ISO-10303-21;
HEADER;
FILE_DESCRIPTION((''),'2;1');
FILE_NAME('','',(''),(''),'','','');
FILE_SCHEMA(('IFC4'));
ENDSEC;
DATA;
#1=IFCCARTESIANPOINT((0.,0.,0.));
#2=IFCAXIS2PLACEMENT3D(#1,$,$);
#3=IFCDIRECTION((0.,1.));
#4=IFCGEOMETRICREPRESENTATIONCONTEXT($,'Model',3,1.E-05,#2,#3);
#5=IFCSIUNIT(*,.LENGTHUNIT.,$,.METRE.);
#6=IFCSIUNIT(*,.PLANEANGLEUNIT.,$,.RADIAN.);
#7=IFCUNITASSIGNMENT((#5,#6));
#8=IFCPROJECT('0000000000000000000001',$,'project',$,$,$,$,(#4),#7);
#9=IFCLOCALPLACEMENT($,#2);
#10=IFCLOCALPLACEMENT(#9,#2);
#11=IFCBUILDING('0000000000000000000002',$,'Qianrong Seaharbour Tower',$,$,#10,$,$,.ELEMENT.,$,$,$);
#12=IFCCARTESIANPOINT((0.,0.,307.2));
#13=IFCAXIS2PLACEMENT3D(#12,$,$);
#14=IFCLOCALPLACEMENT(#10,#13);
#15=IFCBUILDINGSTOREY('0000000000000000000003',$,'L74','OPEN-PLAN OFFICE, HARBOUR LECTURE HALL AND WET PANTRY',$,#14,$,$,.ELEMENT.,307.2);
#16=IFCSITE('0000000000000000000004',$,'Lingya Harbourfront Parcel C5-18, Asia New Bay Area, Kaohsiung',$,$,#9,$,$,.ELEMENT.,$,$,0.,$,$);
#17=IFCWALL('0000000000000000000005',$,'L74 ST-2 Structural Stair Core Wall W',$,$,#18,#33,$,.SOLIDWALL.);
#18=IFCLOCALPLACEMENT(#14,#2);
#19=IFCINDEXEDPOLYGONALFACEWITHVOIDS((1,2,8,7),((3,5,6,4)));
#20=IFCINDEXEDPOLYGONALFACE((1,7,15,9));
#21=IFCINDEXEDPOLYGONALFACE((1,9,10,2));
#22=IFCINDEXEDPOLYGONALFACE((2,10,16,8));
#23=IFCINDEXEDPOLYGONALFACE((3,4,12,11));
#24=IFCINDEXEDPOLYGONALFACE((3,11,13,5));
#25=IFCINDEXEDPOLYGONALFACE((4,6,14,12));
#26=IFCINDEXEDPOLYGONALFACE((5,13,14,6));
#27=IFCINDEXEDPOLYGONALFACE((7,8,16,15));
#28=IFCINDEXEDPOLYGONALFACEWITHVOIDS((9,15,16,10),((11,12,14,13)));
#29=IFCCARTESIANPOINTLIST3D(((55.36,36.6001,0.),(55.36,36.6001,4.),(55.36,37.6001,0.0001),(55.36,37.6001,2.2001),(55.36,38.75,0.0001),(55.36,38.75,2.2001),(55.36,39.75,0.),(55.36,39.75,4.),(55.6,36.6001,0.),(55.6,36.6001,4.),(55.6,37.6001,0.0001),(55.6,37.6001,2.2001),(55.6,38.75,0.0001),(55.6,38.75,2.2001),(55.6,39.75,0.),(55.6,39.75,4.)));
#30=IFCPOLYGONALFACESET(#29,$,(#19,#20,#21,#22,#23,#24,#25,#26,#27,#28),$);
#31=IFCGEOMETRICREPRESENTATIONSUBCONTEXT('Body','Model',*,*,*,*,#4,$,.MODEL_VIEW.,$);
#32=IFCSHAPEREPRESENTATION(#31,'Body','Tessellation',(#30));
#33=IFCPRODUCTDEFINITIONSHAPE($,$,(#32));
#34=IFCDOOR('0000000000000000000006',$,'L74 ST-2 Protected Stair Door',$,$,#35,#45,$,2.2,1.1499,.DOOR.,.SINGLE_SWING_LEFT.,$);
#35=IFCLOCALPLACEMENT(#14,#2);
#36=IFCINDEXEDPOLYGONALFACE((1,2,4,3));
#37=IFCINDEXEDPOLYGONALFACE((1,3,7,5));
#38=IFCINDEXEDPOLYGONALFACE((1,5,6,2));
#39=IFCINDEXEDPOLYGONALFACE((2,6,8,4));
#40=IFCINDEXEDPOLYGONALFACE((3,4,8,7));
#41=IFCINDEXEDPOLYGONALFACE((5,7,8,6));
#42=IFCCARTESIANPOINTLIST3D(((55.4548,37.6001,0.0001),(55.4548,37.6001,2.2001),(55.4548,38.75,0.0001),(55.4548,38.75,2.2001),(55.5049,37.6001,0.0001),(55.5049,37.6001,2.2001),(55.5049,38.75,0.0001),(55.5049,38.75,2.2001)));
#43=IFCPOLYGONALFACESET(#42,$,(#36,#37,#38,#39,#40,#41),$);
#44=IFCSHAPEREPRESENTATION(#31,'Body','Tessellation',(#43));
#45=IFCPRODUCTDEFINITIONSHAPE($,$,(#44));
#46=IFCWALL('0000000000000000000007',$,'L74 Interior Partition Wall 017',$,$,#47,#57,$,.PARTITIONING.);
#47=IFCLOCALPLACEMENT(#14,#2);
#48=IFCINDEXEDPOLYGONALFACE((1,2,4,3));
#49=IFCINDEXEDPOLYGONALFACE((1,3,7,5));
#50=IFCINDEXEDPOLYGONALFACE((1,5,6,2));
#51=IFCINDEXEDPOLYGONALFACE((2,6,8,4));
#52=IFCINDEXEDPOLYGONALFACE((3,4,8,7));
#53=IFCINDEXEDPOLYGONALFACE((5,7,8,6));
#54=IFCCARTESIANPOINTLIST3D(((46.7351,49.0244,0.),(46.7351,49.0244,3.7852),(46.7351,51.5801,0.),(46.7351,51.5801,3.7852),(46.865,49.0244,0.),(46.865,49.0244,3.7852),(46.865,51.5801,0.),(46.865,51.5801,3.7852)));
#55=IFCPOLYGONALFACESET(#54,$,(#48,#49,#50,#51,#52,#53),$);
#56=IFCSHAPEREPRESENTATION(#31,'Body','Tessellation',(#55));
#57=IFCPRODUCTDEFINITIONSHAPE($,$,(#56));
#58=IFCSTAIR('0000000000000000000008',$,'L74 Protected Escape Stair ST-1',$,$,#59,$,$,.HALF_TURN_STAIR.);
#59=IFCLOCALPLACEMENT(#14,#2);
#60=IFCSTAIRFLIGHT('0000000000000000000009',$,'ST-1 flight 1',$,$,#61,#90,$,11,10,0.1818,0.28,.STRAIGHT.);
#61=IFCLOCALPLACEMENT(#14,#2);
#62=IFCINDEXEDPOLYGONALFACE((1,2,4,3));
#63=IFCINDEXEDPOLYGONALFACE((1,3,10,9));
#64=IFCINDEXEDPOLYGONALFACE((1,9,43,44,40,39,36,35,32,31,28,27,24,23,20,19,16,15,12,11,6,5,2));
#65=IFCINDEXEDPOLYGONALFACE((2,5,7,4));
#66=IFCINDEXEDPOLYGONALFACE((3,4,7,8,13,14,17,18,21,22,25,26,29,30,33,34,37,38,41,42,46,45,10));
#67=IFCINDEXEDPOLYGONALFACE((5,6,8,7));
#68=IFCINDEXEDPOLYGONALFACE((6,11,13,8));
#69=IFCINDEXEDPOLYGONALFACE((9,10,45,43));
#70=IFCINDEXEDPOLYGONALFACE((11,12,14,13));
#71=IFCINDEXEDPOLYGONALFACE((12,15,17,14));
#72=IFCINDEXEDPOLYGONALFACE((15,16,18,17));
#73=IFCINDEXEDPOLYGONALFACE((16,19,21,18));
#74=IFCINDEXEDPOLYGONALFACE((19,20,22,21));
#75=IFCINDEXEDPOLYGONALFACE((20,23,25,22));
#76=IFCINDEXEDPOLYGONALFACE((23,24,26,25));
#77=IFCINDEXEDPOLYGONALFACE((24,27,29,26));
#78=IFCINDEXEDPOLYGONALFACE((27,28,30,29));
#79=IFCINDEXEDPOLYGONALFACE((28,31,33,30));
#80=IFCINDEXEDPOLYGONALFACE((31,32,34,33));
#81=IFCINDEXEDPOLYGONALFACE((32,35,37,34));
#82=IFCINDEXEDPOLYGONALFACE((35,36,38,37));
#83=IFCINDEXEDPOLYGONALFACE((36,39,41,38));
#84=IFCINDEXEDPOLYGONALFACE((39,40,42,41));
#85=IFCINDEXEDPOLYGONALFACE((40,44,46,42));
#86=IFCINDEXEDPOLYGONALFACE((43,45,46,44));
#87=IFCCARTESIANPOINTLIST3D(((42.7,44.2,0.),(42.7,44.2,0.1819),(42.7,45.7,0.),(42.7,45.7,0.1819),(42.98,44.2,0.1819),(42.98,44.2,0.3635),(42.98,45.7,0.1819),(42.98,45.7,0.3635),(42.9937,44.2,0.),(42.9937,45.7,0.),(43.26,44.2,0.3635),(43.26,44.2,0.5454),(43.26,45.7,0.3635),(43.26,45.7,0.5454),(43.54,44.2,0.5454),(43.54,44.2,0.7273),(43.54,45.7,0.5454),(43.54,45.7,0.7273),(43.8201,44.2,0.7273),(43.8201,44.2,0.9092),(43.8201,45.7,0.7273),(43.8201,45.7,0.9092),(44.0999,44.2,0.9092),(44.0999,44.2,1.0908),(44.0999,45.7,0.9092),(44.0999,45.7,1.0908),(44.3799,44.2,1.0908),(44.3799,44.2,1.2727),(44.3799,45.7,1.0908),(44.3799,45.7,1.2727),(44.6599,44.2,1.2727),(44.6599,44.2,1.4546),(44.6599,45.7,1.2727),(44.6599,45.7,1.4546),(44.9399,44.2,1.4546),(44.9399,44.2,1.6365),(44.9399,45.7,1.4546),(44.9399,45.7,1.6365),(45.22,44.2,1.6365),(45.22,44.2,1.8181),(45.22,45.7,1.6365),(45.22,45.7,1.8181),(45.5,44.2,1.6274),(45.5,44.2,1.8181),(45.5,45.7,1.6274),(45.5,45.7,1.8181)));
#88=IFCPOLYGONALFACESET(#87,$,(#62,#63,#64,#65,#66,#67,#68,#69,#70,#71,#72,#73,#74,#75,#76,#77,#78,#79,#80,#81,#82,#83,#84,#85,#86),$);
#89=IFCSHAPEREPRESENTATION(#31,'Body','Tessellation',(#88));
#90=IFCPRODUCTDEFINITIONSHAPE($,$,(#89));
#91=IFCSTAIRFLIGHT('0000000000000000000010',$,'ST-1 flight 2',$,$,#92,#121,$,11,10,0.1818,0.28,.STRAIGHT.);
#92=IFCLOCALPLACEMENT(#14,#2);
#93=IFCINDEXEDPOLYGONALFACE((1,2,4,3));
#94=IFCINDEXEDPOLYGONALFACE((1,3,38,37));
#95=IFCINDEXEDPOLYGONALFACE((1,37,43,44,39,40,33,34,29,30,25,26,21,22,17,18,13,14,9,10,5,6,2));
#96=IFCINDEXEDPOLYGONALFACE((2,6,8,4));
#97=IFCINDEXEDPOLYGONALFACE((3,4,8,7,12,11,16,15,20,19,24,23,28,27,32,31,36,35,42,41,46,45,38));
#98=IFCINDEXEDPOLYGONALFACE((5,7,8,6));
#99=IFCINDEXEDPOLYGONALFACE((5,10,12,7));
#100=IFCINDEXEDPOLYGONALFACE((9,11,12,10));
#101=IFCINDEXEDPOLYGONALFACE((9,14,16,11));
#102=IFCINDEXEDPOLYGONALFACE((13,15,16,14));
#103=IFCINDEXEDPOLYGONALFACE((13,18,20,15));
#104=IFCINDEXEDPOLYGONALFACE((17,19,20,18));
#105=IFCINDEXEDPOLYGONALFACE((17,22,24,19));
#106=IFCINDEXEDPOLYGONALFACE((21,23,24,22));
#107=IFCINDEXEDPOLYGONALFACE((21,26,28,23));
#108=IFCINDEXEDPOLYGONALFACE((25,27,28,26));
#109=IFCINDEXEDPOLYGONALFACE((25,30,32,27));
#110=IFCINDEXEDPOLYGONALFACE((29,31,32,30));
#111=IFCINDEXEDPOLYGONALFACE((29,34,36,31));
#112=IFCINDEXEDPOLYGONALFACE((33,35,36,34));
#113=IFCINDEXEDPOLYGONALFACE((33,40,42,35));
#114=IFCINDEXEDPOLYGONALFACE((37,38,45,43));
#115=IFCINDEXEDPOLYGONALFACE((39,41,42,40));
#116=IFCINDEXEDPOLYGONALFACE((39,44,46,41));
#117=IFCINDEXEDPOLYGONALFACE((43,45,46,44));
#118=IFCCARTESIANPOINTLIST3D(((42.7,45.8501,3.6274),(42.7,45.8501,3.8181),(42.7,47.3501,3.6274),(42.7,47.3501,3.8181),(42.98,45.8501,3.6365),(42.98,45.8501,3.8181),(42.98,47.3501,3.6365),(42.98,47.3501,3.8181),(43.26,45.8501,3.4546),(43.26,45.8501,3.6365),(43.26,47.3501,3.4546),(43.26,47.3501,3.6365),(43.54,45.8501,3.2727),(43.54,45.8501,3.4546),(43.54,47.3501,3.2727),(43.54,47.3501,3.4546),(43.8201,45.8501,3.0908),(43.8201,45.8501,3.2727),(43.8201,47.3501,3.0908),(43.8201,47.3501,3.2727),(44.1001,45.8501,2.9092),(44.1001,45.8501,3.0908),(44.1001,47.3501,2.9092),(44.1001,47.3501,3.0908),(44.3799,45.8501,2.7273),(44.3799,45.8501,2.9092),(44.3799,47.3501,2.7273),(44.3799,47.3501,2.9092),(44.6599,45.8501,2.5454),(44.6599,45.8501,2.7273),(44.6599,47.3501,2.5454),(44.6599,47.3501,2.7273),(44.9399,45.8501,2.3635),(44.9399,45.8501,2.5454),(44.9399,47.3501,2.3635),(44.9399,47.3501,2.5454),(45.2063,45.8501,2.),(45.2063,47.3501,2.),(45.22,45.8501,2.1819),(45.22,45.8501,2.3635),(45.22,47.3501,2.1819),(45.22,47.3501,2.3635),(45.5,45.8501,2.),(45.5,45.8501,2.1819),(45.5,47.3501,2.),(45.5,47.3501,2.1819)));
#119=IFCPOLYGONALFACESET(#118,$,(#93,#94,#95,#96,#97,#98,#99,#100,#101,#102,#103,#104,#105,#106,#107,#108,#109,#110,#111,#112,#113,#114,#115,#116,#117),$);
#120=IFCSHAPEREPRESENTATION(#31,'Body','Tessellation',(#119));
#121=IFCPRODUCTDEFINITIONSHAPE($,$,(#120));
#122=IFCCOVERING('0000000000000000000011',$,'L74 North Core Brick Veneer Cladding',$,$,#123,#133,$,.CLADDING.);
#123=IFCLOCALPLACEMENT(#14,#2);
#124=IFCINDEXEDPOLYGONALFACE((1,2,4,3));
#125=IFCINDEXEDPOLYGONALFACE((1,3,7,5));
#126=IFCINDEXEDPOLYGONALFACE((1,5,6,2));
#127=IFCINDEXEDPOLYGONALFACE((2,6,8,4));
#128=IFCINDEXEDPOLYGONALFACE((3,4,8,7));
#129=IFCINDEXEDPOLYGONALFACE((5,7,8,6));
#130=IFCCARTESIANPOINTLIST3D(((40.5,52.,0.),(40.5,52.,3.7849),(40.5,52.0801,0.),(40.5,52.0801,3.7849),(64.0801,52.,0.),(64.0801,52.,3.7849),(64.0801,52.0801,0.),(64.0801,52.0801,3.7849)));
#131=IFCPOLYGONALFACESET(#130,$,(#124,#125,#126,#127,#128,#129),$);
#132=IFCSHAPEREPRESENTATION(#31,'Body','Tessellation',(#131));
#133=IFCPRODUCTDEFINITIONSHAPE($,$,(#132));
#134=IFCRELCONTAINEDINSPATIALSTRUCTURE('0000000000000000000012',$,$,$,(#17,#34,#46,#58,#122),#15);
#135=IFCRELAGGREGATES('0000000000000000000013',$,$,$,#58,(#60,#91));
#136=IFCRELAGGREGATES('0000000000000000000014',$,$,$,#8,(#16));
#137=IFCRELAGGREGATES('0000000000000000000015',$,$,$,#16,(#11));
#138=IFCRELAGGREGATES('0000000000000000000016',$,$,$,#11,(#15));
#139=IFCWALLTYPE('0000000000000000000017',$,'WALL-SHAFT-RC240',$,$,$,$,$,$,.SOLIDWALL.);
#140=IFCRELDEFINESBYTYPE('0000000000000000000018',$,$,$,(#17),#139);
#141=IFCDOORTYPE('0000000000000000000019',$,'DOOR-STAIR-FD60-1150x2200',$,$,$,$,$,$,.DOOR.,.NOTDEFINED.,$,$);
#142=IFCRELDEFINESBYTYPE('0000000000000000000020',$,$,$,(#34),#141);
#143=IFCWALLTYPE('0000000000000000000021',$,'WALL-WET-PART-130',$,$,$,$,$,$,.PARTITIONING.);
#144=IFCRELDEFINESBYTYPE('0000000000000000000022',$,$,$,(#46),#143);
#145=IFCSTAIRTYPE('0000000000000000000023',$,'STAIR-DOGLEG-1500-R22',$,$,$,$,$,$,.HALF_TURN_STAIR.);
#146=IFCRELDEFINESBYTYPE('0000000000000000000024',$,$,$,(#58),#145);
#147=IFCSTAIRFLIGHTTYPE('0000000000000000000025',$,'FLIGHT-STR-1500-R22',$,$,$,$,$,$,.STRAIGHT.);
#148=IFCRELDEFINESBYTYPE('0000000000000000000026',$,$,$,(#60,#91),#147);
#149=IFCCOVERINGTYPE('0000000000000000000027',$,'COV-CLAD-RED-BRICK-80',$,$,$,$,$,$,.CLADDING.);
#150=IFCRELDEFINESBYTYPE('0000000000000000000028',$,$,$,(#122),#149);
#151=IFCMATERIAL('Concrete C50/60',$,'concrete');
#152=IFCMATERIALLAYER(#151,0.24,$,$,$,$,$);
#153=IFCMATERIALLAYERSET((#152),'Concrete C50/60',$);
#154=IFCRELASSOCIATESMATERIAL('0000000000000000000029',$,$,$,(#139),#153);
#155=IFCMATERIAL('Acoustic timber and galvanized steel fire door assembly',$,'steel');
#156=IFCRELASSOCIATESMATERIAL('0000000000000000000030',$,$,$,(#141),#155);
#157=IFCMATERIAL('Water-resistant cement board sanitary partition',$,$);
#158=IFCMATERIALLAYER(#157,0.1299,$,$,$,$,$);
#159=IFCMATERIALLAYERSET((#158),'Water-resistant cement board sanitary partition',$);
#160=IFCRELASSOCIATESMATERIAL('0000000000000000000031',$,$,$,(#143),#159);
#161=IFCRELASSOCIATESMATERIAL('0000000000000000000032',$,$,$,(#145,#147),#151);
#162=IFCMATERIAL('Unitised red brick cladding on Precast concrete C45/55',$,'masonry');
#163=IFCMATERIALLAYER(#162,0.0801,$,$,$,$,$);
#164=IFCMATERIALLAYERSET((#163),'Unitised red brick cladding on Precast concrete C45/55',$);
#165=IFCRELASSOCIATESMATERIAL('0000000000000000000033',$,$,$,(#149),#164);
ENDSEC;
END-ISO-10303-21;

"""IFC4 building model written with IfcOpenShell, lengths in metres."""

from ifc_helpers import new_model, si_unit, direction, frame, frame_2d, origin, origin_2d, place, context, subcontext, project, spatial, polyline, rectangle, outline, extrude, material, layer, layer_set, type_object, element, fill, aggregate, save


model = new_model("IFC4")

# Units and contexts
model_context = context("Model", 3, precision=1e-05, world=origin(), true_north=direction((0.0, 1.0)))
body_context = subcontext(model_context, "Body", "Model", "MODEL_VIEW")
ifc_project = project(units=[si_unit("LENGTHUNIT", "METRE"), si_unit("PLANEANGLEUNIT", "RADIAN")], contexts=[model_context])

# Site, building, storey
site_placement = place(None, origin())
site = spatial("IfcSite", under=ifc_project, at=site_placement, Name="Lingya Harbourfront Parcel C5-18, Asia New Bay Area, Kaohsiung", CompositionType="ELEMENT", RefElevation=0.0)
building_placement = place(site_placement, origin())
building = spatial("IfcBuilding", under=site, at=building_placement, Name="Qianrong Seaharbour Tower", CompositionType="ELEMENT")
storey_placement = place(building_placement, frame((0.0, 0.0, 307.2)))
storey = spatial("IfcBuildingStorey", under=building, at=storey_placement, Name="L74", Description="OPEN-PLAN OFFICE, HARBOUR LECTURE HALL AND WET PANTRY", CompositionType="ELEMENT", Elevation=307.2)

# Shared definitions
ifc_material_1 = material(Name="Concrete C50/60", Category="concrete")

# Shared definitions
ifc_material_2 = material(Name="Acoustic timber and galvanized steel fire door assembly", Category="steel")

# Shared definitions
ifc_layer_1 = layer(ifc_material_1, 0.24)
ifc_layer_set_1 = layer_set([ifc_layer_1], Name="Concrete C50/60")
wall_type_1 = type_object("IfcWallType", Name="WALL-SHAFT-RC240", PredefinedType="SOLIDWALL", material=ifc_layer_set_1)

# Wall, opening, door
wall_1_placement = place(storey_placement, frame((55.48, 39.75, 0.0), z_axis=(0.0, 0.0, 1.0), x_axis=(0.0, -1.0, 0.0)))
wall_1 = element("IfcWall", 1, at=wall_1_placement, inside=storey, type_object=wall_type_1, Name="L74 ST-2 Structural Stair Core Wall W", PredefinedType="SOLIDWALL", context=body_context, shape_type="SweptSolid", body=[
    extrude(rectangle(XDim=3.1499, YDim=0.24, at=frame_2d((1.575, 0.0))), origin(), (0.0, 0.0, 1.0), 4.0),
])
opening_1_placement = place(wall_1_placement, frame((1.0, 0.0, 0.0)))
opening_1 = element("IfcOpeningElement", 2, at=opening_1_placement, cuts=wall_1, PredefinedType="OPENING", context=body_context, shape_type="SweptSolid", body=[
    extrude(rectangle(XDim=1.1499, YDim=2.2, at=frame_2d((0.575, 1.1001))), frame((0.0, 0.1299, 0.0), z_axis=(0.0, -1.0, 0.0), x_axis=(1.0, 0.0, 0.0)), (0.0, 0.0, 1.0), 0.26),
])
door_type_1 = type_object("IfcDoorType", Name="DOOR-STAIR-FD60-1150x2200", OperationType="NOTDEFINED", PredefinedType="DOOR", material=ifc_material_2)
door_1_placement = place(opening_1_placement, origin())
door_1 = element("IfcDoor", 3, at=door_1_placement, inside=storey, type_object=door_type_1, Name="L74 ST-2 Protected Stair Door", OperationType="SINGLE_SWING_LEFT", OverallHeight=2.2, OverallWidth=1.1499, PredefinedType="DOOR", context=body_context, shape_type="SweptSolid", body=[
    extrude(rectangle(XDim=1.1499, YDim=2.2, at=frame_2d((0.575, 1.1001))), frame((0.0, 0.0249, 0.0), z_axis=(0.0, -1.0, 0.0), x_axis=(1.0, 0.0, 0.0)), (0.0, 0.0, 1.0), 0.05),
])
fill(opening_1, door_1)

# Wall
ifc_material_3 = material(Name="Water-resistant cement board sanitary partition")
ifc_layer_2 = layer(ifc_material_3, 0.1299)
ifc_layer_set_2 = layer_set([ifc_layer_2], Name="Water-resistant cement board sanitary partition")
wall_type_2 = type_object("IfcWallType", Name="WALL-WET-PART-130", PredefinedType="PARTITIONING", material=ifc_layer_set_2)
wall_2_placement = place(storey_placement, frame((46.8, 51.5801, 0.0), z_axis=(0.0, 0.0, 1.0), x_axis=(0.0, -1.0, 0.0)))
element("IfcWall", 4, at=wall_2_placement, inside=storey, type_object=wall_type_2, Name="L74 Interior Partition Wall 017", PredefinedType="PARTITIONING", context=body_context, shape_type="SweptSolid", body=[
    extrude(rectangle(XDim=2.5557, YDim=0.1299, at=frame_2d((1.2778, 0.0))), origin(), (0.0, 0.0, 1.0), 3.7852),
])

# Stair, stair flights
stair_type = type_object("IfcStairType", Name="STAIR-DOGLEG-1500-R22", PredefinedType="HALF_TURN_STAIR", material=ifc_material_1)
stair_placement = place(storey_placement, origin())
stair = element("IfcStair", 5, at=stair_placement, inside=storey, type_object=stair_type, Name="L74 Protected Escape Stair ST-1", PredefinedType="HALF_TURN_STAIR")
stair_flight_type = type_object("IfcStairFlightType", Name="FLIGHT-STR-1500-R22", PredefinedType="STRAIGHT", material=ifc_material_1)
stair_flight_1_placement = place(storey_placement, frame((42.7, 44.95, 0.0), z_axis=(0.0, 0.0, 1.0), x_axis=(1.0, 0.0, 0.0)))
stair_flight_1 = element("IfcStairFlight", 6, at=stair_flight_1_placement, type_object=stair_flight_type, Name="ST-1 flight 1", NumberOfRisers=11, NumberOfTreads=10, PredefinedType="STRAIGHT", RiserHeight=0.1818, TreadLength=0.28, context=body_context, shape_type="SweptSolid", body=[
    extrude(outline(polyline([(0.0, 0.0), (0.0, 0.1819), (0.28, 0.1819), (0.28, 0.3635), (0.5601, 0.3635), (0.5601, 0.5454), (0.8401, 0.5454), (0.8401, 0.7273), (1.1201, 0.7273), (1.1201, 0.9092), (1.3999, 0.9092), (1.3999, 1.0908), (1.6799, 1.0908), (1.6799, 1.2727), (1.96, 1.2727), (1.96, 1.4546), (2.24, 1.4546), (2.24, 1.6365), (2.52, 1.6365), (2.52, 1.8181), (2.8, 1.8181), (2.8, 2.0), (2.8, 1.6274), (0.2937, 0.0), (0.0, 0.0)])), frame((0.0, 0.75, 0.0), z_axis=(0.0, -1.0, 0.0), x_axis=(1.0, 0.0, 0.0)), (0.0, 0.0, 1.0), 1.5),
])
stair_flight_2_placement = place(storey_placement, frame((45.5, 46.6001, 2.0), z_axis=(0.0, 0.0, 1.0), x_axis=(-1.0, 0.0, 0.0)))
stair_flight_2 = element("IfcStairFlight", 7, at=stair_flight_2_placement, type_object=stair_flight_type, Name="ST-1 flight 2", NumberOfRisers=11, NumberOfTreads=10, PredefinedType="STRAIGHT", RiserHeight=0.1818, TreadLength=0.28, context=body_context, shape_type="SweptSolid", body=[
    extrude(outline(polyline([(0.0, 0.0), (0.0, 0.1819), (0.28, 0.1819), (0.28, 0.3635), (0.5601, 0.3635), (0.5601, 0.5454), (0.8401, 0.5454), (0.8401, 0.7273), (1.1201, 0.7273), (1.1201, 0.9092), (1.3999, 0.9092), (1.3999, 1.0908), (1.6799, 1.0908), (1.6799, 1.2727), (1.96, 1.2727), (1.96, 1.4546), (2.24, 1.4546), (2.24, 1.6365), (2.52, 1.6365), (2.52, 1.8181), (2.8, 1.8181), (2.8, 2.0), (2.8, 1.6274), (0.2937, 0.0), (0.0, 0.0)])), frame((0.0, 0.75, 0.0), z_axis=(0.0, -1.0, 0.0), x_axis=(1.0, 0.0, 0.0)), (0.0, 0.0, 1.0), 1.5),
])
aggregate(stair, [stair_flight_1, stair_flight_2])

# Covering
ifc_material_4 = material(Name="Unitised red brick cladding on Precast concrete C45/55", Category="masonry")
ifc_layer_3 = layer(ifc_material_4, 0.0801)
ifc_layer_set_3 = layer_set([ifc_layer_3], Name="Unitised red brick cladding on Precast concrete C45/55")
covering_type = type_object("IfcCoveringType", Name="COV-CLAD-RED-BRICK-80", PredefinedType="CLADDING", material=ifc_layer_set_3)
covering_placement = place(storey_placement, frame((52.29, 52.04, 0.0), z_axis=(0.0, 0.0, 1.0), x_axis=(1.0, 0.0, 0.0)))
element("IfcCovering", 8, at=covering_placement, inside=storey, type_object=covering_type, Name="L74 North Core Brick Veneer Cladding", PredefinedType="CLADDING", context=body_context, shape_type="SweptSolid", body=[
    extrude(rectangle(XDim=23.5801, YDim=0.0801, at=origin_2d()), origin(), (0.0, 0.0, 1.0), 3.7849),
])

save(model, "model.ifc")
